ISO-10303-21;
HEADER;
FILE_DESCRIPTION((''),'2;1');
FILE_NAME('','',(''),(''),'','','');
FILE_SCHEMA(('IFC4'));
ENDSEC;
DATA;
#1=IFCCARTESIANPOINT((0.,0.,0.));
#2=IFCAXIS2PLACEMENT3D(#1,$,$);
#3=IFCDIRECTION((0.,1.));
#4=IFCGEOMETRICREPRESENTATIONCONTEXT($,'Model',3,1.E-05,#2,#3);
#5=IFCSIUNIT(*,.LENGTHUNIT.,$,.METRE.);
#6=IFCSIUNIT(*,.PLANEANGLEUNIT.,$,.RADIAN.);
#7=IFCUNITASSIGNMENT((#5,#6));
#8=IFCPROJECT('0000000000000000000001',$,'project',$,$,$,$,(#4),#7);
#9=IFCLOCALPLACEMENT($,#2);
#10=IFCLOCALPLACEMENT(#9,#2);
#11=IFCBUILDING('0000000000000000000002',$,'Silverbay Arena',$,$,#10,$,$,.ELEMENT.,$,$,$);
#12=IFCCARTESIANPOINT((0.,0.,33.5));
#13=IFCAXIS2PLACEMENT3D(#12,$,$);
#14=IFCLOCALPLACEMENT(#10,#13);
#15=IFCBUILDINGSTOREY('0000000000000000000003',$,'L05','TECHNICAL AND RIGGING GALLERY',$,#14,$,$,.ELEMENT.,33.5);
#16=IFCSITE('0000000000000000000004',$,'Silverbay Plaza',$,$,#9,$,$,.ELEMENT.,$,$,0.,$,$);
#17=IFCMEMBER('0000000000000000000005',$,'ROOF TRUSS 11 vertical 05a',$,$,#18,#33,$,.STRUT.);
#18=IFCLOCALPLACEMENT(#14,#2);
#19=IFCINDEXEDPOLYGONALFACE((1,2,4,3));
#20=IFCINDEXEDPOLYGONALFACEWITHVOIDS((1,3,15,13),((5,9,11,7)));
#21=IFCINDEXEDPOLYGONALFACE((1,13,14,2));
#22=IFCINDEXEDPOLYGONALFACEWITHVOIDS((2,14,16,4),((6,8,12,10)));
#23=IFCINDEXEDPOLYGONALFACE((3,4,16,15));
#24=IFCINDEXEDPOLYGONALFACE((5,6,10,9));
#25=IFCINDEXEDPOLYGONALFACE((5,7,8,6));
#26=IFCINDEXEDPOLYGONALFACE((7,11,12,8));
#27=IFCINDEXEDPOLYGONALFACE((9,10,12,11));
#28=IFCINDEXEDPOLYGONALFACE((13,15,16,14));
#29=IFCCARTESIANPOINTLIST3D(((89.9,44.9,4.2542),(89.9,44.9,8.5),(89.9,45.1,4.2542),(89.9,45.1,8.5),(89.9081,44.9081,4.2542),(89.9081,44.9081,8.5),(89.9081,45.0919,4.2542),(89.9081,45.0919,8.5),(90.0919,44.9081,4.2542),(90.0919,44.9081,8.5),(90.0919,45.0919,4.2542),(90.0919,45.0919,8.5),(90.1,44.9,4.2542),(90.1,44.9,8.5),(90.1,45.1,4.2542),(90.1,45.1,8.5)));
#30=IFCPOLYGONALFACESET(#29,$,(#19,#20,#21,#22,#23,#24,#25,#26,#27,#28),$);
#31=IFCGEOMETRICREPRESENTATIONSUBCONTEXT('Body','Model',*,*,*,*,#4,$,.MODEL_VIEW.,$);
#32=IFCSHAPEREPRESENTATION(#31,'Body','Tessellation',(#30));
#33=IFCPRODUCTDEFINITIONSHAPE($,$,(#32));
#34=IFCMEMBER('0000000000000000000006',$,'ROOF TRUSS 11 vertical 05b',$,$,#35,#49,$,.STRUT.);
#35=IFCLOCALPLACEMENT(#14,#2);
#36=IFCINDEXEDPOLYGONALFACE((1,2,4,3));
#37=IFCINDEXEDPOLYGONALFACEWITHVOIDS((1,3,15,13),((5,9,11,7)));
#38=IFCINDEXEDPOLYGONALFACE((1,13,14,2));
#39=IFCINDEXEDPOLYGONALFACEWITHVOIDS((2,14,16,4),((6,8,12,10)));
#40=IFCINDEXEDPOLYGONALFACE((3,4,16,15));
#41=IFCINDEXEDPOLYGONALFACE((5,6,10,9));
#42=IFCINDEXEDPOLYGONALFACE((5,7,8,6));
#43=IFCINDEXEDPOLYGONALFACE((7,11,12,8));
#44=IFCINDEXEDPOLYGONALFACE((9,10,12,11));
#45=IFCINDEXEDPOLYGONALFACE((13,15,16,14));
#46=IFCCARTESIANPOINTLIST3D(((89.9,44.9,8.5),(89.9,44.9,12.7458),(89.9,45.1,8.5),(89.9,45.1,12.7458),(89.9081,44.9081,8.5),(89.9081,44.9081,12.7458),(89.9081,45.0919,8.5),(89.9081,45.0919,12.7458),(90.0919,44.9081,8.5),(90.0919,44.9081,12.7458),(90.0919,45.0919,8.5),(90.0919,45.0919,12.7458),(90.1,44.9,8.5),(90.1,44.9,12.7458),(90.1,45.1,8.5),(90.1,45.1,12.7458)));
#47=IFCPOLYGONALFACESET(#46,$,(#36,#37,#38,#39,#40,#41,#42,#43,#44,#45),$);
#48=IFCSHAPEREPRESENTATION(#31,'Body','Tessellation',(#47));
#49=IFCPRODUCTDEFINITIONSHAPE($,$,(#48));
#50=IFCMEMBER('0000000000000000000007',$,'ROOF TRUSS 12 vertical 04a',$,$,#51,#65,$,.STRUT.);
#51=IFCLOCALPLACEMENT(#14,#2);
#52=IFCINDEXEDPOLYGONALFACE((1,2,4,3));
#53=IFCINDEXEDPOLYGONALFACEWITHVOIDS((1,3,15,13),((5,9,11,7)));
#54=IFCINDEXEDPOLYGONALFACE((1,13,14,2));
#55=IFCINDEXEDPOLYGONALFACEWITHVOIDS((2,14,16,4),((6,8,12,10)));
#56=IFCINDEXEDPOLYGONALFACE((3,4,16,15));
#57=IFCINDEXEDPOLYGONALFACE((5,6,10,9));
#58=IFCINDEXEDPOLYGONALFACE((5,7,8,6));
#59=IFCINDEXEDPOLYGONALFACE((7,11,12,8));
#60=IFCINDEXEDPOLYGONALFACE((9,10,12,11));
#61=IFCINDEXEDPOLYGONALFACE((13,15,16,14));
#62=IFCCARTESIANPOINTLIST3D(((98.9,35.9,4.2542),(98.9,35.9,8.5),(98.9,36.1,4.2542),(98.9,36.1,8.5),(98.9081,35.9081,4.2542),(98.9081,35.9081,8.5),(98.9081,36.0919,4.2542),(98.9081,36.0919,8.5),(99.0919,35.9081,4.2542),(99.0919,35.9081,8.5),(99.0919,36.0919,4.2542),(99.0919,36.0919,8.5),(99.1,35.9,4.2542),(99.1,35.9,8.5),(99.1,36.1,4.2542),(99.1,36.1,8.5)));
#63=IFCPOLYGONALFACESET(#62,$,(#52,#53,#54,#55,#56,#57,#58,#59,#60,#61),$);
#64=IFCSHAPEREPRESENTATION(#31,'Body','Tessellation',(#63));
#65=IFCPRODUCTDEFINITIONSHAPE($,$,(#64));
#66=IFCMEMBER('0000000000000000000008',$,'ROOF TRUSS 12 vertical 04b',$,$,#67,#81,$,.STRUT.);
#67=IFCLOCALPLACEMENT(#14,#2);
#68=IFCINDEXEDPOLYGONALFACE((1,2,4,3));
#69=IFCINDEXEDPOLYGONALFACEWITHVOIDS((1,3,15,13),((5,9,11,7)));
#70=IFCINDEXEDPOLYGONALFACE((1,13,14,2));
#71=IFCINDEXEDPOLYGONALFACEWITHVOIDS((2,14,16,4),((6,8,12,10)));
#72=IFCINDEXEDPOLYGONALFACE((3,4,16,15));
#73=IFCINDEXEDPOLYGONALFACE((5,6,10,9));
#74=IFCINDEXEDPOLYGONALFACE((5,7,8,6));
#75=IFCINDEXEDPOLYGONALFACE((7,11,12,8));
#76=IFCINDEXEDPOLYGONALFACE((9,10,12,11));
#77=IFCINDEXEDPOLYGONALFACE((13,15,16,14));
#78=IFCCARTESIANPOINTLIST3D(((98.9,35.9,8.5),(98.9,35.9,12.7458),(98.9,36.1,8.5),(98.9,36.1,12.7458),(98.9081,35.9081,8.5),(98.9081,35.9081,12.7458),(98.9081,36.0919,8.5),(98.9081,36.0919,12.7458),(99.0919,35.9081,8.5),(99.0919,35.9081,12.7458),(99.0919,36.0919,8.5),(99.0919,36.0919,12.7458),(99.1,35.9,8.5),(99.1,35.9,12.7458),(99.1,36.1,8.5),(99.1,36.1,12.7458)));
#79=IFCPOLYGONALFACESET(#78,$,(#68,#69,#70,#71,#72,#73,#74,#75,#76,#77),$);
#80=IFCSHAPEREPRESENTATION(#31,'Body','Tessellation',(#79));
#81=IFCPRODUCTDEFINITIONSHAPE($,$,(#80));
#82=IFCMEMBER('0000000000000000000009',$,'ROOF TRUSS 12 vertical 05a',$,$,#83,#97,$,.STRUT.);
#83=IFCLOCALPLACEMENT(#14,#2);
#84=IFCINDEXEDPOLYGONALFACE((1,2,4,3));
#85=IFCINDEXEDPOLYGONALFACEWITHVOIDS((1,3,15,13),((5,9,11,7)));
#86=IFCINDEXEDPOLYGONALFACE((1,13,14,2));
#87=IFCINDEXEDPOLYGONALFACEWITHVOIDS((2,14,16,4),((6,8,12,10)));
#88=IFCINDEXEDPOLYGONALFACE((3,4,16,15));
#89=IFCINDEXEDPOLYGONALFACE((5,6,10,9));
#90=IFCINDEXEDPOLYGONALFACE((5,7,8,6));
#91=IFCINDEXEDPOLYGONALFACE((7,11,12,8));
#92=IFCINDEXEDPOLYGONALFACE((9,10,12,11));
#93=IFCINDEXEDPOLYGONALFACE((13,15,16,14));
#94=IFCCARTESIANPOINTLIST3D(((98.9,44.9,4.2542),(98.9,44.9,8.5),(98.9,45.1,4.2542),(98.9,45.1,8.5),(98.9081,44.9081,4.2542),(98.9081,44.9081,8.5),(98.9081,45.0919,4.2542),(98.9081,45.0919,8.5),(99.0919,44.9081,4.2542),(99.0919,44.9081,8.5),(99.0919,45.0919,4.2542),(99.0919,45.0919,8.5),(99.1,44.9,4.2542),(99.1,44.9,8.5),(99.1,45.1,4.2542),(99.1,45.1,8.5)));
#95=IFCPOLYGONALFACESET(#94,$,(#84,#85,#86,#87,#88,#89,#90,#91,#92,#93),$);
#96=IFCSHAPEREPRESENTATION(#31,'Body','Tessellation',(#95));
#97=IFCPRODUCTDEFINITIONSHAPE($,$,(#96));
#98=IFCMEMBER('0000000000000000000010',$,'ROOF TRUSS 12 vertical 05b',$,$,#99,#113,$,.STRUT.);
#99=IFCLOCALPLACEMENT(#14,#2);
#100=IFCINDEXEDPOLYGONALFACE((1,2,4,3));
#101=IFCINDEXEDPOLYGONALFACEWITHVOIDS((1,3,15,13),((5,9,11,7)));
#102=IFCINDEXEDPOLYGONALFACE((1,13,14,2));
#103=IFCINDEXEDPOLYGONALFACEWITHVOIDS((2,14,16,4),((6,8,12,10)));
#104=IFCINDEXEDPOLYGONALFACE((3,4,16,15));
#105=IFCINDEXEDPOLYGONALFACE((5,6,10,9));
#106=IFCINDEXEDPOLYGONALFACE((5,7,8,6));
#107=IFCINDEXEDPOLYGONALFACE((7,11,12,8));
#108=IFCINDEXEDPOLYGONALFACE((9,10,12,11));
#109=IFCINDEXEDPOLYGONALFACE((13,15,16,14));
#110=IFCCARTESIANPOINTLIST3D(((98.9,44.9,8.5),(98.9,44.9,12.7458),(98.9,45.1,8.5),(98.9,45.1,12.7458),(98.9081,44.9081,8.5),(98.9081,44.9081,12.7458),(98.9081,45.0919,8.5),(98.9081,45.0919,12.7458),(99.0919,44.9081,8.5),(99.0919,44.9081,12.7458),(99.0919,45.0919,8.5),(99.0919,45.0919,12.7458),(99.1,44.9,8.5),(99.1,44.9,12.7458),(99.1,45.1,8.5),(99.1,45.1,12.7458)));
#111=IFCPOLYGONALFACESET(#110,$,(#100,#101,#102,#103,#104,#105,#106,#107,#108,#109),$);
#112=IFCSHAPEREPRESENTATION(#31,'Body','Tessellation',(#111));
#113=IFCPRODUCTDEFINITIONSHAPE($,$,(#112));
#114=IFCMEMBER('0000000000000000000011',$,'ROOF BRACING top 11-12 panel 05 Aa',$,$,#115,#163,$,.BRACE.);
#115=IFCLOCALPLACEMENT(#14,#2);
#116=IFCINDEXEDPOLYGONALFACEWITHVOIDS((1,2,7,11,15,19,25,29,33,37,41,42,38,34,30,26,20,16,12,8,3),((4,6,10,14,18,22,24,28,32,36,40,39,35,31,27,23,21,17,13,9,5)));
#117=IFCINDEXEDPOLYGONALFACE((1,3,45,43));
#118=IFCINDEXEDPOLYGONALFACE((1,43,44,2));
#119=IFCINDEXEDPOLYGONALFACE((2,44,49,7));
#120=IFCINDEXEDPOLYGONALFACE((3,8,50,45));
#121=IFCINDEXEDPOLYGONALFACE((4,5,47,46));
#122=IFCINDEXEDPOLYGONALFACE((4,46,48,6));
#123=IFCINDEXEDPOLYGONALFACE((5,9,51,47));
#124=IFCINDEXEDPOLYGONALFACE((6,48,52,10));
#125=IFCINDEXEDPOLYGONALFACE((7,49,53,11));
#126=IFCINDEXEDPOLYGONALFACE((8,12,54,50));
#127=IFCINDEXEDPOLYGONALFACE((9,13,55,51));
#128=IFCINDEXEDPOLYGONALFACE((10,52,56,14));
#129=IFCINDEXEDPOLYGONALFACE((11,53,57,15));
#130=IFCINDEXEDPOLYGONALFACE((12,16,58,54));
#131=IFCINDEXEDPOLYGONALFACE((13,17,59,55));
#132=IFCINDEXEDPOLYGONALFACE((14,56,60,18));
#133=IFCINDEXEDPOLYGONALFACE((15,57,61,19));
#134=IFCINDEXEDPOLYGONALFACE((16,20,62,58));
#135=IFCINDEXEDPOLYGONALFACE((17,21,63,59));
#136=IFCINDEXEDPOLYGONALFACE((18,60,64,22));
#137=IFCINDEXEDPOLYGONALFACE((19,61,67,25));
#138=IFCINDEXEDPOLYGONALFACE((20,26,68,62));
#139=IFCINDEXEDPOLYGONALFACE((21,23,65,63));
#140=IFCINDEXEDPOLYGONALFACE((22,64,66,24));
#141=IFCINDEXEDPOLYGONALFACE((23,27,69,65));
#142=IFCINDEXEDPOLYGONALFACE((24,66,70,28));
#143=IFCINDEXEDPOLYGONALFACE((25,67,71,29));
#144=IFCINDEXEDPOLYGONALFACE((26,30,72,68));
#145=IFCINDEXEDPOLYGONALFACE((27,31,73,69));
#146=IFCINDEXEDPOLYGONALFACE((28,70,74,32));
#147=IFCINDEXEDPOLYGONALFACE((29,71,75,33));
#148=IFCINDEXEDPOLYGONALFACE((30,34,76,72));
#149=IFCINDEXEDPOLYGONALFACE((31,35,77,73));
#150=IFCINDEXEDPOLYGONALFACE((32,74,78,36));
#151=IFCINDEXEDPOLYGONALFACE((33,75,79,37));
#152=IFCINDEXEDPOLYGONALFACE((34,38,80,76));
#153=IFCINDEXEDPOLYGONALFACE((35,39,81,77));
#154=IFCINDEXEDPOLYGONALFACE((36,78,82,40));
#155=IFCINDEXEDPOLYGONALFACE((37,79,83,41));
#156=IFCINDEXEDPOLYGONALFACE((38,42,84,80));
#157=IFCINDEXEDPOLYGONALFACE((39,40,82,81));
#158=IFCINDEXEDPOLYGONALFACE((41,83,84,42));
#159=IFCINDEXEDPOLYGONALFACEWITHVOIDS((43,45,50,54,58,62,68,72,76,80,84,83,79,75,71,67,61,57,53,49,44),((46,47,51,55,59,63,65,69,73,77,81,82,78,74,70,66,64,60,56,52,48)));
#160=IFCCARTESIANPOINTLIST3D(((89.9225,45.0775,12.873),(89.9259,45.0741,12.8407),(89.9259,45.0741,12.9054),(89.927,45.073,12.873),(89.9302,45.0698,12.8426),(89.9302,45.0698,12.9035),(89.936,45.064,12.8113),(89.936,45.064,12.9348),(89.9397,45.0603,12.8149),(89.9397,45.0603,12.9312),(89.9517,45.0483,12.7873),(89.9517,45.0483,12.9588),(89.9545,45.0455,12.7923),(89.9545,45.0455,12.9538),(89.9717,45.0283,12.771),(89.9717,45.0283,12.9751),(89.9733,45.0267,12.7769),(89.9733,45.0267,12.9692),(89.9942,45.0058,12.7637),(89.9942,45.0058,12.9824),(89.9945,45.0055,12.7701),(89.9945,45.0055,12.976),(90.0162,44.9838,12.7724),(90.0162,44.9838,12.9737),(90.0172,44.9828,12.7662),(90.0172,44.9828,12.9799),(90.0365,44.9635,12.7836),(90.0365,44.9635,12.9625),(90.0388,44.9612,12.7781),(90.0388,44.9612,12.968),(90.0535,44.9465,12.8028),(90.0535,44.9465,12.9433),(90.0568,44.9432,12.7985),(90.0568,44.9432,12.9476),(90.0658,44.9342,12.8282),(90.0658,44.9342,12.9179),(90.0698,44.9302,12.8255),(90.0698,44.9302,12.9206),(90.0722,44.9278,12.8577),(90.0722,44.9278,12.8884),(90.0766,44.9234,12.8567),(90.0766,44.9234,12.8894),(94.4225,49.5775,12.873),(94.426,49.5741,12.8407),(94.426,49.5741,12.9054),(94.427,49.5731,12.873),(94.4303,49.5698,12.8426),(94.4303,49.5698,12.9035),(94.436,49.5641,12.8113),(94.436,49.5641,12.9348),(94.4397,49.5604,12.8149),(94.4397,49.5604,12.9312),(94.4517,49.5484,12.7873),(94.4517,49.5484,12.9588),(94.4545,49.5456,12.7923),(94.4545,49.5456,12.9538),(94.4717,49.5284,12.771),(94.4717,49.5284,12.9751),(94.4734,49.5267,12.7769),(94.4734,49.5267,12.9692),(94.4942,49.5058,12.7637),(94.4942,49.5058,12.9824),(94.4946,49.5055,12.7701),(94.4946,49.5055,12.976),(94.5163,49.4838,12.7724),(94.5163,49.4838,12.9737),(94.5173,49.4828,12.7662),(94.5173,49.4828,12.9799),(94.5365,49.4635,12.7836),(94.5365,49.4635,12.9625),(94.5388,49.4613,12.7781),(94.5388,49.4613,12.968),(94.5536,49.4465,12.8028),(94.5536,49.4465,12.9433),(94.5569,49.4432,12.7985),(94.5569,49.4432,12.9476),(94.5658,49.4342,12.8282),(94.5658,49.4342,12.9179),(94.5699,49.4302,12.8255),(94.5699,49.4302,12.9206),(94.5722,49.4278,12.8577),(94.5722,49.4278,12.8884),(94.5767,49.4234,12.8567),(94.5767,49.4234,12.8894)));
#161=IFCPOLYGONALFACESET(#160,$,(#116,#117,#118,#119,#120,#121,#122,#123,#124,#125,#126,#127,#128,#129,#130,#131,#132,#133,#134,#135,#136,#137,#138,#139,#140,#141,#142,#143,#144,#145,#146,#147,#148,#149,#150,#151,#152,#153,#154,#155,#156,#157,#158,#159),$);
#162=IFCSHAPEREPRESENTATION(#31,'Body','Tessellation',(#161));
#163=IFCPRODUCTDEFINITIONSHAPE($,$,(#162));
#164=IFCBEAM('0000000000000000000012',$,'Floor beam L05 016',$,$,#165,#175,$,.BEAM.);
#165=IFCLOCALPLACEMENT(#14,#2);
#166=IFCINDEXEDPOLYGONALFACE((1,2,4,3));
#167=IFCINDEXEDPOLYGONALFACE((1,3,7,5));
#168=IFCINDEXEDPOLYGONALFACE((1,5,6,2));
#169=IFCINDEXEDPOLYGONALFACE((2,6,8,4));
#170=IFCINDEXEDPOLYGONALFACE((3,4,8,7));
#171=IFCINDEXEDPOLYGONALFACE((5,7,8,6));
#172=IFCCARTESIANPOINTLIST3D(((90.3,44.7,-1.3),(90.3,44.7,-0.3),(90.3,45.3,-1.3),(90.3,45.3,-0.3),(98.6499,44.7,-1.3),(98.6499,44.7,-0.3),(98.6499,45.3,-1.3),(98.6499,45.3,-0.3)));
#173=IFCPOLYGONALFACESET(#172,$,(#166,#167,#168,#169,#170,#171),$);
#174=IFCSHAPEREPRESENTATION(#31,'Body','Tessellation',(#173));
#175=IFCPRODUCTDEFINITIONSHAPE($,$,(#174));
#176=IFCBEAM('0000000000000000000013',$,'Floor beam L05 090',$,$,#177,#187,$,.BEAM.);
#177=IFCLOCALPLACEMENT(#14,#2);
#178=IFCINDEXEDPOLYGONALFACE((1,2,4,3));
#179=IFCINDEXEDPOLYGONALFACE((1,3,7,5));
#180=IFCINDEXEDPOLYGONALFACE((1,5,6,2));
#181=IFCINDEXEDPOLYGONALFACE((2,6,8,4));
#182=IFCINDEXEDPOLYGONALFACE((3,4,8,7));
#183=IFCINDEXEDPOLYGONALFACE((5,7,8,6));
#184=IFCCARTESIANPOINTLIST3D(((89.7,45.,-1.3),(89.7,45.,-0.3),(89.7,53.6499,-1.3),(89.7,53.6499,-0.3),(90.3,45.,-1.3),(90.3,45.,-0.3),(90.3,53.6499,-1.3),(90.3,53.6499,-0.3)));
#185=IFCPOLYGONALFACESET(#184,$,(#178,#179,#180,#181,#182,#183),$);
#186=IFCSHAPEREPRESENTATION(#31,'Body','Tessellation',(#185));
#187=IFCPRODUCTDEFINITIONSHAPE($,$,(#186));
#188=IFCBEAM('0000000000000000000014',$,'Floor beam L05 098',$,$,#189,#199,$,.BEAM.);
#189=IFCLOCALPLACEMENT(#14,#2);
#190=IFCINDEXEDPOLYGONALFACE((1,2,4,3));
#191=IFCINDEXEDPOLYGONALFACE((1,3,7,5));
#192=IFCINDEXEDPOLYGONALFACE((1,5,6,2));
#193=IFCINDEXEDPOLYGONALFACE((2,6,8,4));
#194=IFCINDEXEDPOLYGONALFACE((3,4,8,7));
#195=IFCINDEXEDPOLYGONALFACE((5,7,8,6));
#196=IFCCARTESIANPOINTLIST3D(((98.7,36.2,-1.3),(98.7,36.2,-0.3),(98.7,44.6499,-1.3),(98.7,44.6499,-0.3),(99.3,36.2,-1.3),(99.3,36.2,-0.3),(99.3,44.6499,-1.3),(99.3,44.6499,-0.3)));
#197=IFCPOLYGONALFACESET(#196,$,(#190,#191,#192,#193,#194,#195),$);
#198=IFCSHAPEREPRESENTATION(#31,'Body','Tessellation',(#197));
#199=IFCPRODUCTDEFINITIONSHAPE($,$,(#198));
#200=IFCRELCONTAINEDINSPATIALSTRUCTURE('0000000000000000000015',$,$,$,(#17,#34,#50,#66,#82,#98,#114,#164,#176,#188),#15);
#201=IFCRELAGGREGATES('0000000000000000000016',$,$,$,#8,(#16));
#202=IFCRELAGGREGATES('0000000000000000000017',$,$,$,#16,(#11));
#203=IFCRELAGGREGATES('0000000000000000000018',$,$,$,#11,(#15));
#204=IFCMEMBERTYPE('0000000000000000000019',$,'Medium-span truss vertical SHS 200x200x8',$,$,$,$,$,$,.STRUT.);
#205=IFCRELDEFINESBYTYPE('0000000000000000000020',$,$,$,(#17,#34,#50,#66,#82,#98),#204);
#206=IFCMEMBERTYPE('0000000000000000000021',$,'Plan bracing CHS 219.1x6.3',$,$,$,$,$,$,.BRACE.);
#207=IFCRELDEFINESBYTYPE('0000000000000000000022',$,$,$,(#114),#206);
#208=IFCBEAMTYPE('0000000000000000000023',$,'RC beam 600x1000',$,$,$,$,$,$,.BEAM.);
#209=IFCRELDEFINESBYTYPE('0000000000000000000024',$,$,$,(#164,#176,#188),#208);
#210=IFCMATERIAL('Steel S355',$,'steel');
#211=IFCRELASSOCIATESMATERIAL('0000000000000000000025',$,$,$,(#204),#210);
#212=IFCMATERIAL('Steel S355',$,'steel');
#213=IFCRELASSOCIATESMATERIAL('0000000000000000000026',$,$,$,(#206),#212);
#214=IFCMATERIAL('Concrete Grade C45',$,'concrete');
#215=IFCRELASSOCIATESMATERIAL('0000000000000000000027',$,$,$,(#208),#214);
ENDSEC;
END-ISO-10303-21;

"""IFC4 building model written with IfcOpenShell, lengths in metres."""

from ifc_helpers import new_model, si_unit, direction, frame, origin, origin_2d, place, context, subcontext, project, spatial, rectangle, hollow_rectangle, hollow_circle, extrude, material, material_profile, profile_set, type_object, element, save


model = new_model("IFC4")

# Units and contexts
model_context = context("Model", 3, precision=1e-05, world=origin(), true_north=direction((0.0, 1.0)))
body_context = subcontext(model_context, "Body", "Model", "MODEL_VIEW")
ifc_project = project(units=[si_unit("LENGTHUNIT", "METRE"), si_unit("PLANEANGLEUNIT", "RADIAN")], contexts=[model_context])

# Site, building, storey
site_placement = place(None, origin())
site = spatial("IfcSite", under=ifc_project, at=site_placement, Name="Silverbay Plaza", CompositionType="ELEMENT", RefElevation=0.0)
building_placement = place(site_placement, origin())
building = spatial("IfcBuilding", under=site, at=building_placement, Name="Silverbay Arena", CompositionType="ELEMENT")
storey_placement = place(building_placement, frame((0.0, 0.0, 33.5)))
storey = spatial("IfcBuildingStorey", under=building, at=storey_placement, Name="L05", Description="TECHNICAL AND RIGGING GALLERY", CompositionType="ELEMENT", Elevation=33.5)

# Members
ifc_material_1 = material(Name="Steel S355", Category="steel")
ifc_material_profile_1 = material_profile(ifc_material_1, hollow_rectangle(XDim=0.2, YDim=0.2, WallThickness=0.0081, at=origin_2d()), Name="SHS 200x200x8")
ifc_profile_set_1 = profile_set([ifc_material_profile_1], Name="Steel S355")
member_type_1 = type_object("IfcMemberType", Name="Medium-span truss vertical SHS 200x200x8", PredefinedType="STRUT", material=ifc_profile_set_1)
for number, where, z_axis, x_axis, name in (
    (1, (90.0, 45.0, 4.2542), (0.0, 0.0, 1.0), (1.0, 0.0, 0.0), "ROOF TRUSS 11 vertical 05a"),
    (2, (90.0, 45.0, 8.5), (0.0, 0.0, 1.0), (1.0, 0.0, 0.0), "ROOF TRUSS 11 vertical 05b"),
    (3, (99.0, 36.0, 4.2542), (0.0, 0.0, 1.0), (1.0, 0.0, 0.0), "ROOF TRUSS 12 vertical 04a"),
    (4, (99.0, 36.0, 8.5), (0.0, 0.0, 1.0), (1.0, 0.0, 0.0), "ROOF TRUSS 12 vertical 04b"),
    (5, (99.0, 45.0, 4.2542), (0.0, 0.0, 1.0), (1.0, 0.0, 0.0), "ROOF TRUSS 12 vertical 05a"),
    (6, (99.0, 45.0, 8.5), (0.0, 0.0, 1.0), (1.0, 0.0, 0.0), "ROOF TRUSS 12 vertical 05b"),
):
    element("IfcMember", number, at=place(storey_placement, frame(where, z_axis=z_axis, x_axis=x_axis)), inside=storey, type_object=member_type_1, Name=name, PredefinedType="STRUT", context=body_context, shape_type="SweptSolid", body=[
        extrude(hollow_rectangle(XDim=0.2, YDim=0.2, WallThickness=0.0081, at=origin_2d()), origin(), (0.0, 0.0, 1.0), 4.2458),
    ])
ifc_material_2 = material(Name="Steel S355", Category="steel")
ifc_material_profile_2 = material_profile(ifc_material_2, hollow_circle(Radius=0.1096, WallThickness=0.0063, at=origin_2d()), Name="CHS 219.1x6.3")
ifc_profile_set_2 = profile_set([ifc_material_profile_2], Name="Steel S355")
member_type_2 = type_object("IfcMemberType", Name="Plan bracing CHS 219.1x6.3", PredefinedType="BRACE", material=ifc_profile_set_2)
member_placement = place(storey_placement, frame((90.0, 45.0, 12.873), z_axis=(0.707107, 0.707107, 0.0), x_axis=(-0.707107, 0.707107, 0.0)))
element("IfcMember", 7, at=member_placement, inside=storey, type_object=member_type_2, Name="ROOF BRACING top 11-12 panel 05 Aa", PredefinedType="BRACE", context=body_context, shape_type="SweptSolid", body=[
    extrude(hollow_circle(Radius=0.1096, WallThickness=0.0063, at=origin_2d()), origin(), (0.0, 0.0, 1.0), 6.364),
])

# Beams
ifc_material_3 = material(Name="Concrete Grade C45", Category="concrete")
ifc_material_profile_3 = material_profile(ifc_material_3, rectangle(XDim=0.6001, YDim=1.0, at=origin_2d()), Name="RC 600x1000")
ifc_profile_set_3 = profile_set([ifc_material_profile_3], Name="Concrete Grade C45")
beam_type = type_object("IfcBeamType", Name="RC beam 600x1000", PredefinedType="BEAM", material=ifc_profile_set_3)
beam_1_placement = place(storey_placement, frame((90.3, 45.0, -0.8), z_axis=(1.0, 0.0, 0.0), x_axis=(0.0, 1.0, 0.0)))
element("IfcBeam", 8, at=beam_1_placement, inside=storey, type_object=beam_type, Name="Floor beam L05 016", PredefinedType="BEAM", context=body_context, shape_type="SweptSolid", body=[
    extrude(rectangle(XDim=0.6001, YDim=1.0, at=origin_2d()), origin(), (0.0, 0.0, 1.0), 8.3499),
])
beam_2_placement = place(storey_placement, frame((90.0, 45.0, -0.8), z_axis=(0.0, 1.0, 0.0), x_axis=(-1.0, 0.0, 0.0)))
element("IfcBeam", 9, at=beam_2_placement, inside=storey, type_object=beam_type, Name="Floor beam L05 090", PredefinedType="BEAM", context=body_context, shape_type="SweptSolid", body=[
    extrude(rectangle(XDim=0.6001, YDim=1.0, at=origin_2d()), origin(), (0.0, 0.0, 1.0), 8.6499),
])
beam_3_placement = place(storey_placement, frame((99.0, 36.2, -0.8), z_axis=(0.0, 1.0, 0.0), x_axis=(-1.0, 0.0, 0.0)))
element("IfcBeam", 10, at=beam_3_placement, inside=storey, type_object=beam_type, Name="Floor beam L05 098", PredefinedType="BEAM", context=body_context, shape_type="SweptSolid", body=[
    extrude(rectangle(XDim=0.6001, YDim=1.0, at=origin_2d()), origin(), (0.0, 0.0, 1.0), 8.45),
])

save(model, "model.ifc")
